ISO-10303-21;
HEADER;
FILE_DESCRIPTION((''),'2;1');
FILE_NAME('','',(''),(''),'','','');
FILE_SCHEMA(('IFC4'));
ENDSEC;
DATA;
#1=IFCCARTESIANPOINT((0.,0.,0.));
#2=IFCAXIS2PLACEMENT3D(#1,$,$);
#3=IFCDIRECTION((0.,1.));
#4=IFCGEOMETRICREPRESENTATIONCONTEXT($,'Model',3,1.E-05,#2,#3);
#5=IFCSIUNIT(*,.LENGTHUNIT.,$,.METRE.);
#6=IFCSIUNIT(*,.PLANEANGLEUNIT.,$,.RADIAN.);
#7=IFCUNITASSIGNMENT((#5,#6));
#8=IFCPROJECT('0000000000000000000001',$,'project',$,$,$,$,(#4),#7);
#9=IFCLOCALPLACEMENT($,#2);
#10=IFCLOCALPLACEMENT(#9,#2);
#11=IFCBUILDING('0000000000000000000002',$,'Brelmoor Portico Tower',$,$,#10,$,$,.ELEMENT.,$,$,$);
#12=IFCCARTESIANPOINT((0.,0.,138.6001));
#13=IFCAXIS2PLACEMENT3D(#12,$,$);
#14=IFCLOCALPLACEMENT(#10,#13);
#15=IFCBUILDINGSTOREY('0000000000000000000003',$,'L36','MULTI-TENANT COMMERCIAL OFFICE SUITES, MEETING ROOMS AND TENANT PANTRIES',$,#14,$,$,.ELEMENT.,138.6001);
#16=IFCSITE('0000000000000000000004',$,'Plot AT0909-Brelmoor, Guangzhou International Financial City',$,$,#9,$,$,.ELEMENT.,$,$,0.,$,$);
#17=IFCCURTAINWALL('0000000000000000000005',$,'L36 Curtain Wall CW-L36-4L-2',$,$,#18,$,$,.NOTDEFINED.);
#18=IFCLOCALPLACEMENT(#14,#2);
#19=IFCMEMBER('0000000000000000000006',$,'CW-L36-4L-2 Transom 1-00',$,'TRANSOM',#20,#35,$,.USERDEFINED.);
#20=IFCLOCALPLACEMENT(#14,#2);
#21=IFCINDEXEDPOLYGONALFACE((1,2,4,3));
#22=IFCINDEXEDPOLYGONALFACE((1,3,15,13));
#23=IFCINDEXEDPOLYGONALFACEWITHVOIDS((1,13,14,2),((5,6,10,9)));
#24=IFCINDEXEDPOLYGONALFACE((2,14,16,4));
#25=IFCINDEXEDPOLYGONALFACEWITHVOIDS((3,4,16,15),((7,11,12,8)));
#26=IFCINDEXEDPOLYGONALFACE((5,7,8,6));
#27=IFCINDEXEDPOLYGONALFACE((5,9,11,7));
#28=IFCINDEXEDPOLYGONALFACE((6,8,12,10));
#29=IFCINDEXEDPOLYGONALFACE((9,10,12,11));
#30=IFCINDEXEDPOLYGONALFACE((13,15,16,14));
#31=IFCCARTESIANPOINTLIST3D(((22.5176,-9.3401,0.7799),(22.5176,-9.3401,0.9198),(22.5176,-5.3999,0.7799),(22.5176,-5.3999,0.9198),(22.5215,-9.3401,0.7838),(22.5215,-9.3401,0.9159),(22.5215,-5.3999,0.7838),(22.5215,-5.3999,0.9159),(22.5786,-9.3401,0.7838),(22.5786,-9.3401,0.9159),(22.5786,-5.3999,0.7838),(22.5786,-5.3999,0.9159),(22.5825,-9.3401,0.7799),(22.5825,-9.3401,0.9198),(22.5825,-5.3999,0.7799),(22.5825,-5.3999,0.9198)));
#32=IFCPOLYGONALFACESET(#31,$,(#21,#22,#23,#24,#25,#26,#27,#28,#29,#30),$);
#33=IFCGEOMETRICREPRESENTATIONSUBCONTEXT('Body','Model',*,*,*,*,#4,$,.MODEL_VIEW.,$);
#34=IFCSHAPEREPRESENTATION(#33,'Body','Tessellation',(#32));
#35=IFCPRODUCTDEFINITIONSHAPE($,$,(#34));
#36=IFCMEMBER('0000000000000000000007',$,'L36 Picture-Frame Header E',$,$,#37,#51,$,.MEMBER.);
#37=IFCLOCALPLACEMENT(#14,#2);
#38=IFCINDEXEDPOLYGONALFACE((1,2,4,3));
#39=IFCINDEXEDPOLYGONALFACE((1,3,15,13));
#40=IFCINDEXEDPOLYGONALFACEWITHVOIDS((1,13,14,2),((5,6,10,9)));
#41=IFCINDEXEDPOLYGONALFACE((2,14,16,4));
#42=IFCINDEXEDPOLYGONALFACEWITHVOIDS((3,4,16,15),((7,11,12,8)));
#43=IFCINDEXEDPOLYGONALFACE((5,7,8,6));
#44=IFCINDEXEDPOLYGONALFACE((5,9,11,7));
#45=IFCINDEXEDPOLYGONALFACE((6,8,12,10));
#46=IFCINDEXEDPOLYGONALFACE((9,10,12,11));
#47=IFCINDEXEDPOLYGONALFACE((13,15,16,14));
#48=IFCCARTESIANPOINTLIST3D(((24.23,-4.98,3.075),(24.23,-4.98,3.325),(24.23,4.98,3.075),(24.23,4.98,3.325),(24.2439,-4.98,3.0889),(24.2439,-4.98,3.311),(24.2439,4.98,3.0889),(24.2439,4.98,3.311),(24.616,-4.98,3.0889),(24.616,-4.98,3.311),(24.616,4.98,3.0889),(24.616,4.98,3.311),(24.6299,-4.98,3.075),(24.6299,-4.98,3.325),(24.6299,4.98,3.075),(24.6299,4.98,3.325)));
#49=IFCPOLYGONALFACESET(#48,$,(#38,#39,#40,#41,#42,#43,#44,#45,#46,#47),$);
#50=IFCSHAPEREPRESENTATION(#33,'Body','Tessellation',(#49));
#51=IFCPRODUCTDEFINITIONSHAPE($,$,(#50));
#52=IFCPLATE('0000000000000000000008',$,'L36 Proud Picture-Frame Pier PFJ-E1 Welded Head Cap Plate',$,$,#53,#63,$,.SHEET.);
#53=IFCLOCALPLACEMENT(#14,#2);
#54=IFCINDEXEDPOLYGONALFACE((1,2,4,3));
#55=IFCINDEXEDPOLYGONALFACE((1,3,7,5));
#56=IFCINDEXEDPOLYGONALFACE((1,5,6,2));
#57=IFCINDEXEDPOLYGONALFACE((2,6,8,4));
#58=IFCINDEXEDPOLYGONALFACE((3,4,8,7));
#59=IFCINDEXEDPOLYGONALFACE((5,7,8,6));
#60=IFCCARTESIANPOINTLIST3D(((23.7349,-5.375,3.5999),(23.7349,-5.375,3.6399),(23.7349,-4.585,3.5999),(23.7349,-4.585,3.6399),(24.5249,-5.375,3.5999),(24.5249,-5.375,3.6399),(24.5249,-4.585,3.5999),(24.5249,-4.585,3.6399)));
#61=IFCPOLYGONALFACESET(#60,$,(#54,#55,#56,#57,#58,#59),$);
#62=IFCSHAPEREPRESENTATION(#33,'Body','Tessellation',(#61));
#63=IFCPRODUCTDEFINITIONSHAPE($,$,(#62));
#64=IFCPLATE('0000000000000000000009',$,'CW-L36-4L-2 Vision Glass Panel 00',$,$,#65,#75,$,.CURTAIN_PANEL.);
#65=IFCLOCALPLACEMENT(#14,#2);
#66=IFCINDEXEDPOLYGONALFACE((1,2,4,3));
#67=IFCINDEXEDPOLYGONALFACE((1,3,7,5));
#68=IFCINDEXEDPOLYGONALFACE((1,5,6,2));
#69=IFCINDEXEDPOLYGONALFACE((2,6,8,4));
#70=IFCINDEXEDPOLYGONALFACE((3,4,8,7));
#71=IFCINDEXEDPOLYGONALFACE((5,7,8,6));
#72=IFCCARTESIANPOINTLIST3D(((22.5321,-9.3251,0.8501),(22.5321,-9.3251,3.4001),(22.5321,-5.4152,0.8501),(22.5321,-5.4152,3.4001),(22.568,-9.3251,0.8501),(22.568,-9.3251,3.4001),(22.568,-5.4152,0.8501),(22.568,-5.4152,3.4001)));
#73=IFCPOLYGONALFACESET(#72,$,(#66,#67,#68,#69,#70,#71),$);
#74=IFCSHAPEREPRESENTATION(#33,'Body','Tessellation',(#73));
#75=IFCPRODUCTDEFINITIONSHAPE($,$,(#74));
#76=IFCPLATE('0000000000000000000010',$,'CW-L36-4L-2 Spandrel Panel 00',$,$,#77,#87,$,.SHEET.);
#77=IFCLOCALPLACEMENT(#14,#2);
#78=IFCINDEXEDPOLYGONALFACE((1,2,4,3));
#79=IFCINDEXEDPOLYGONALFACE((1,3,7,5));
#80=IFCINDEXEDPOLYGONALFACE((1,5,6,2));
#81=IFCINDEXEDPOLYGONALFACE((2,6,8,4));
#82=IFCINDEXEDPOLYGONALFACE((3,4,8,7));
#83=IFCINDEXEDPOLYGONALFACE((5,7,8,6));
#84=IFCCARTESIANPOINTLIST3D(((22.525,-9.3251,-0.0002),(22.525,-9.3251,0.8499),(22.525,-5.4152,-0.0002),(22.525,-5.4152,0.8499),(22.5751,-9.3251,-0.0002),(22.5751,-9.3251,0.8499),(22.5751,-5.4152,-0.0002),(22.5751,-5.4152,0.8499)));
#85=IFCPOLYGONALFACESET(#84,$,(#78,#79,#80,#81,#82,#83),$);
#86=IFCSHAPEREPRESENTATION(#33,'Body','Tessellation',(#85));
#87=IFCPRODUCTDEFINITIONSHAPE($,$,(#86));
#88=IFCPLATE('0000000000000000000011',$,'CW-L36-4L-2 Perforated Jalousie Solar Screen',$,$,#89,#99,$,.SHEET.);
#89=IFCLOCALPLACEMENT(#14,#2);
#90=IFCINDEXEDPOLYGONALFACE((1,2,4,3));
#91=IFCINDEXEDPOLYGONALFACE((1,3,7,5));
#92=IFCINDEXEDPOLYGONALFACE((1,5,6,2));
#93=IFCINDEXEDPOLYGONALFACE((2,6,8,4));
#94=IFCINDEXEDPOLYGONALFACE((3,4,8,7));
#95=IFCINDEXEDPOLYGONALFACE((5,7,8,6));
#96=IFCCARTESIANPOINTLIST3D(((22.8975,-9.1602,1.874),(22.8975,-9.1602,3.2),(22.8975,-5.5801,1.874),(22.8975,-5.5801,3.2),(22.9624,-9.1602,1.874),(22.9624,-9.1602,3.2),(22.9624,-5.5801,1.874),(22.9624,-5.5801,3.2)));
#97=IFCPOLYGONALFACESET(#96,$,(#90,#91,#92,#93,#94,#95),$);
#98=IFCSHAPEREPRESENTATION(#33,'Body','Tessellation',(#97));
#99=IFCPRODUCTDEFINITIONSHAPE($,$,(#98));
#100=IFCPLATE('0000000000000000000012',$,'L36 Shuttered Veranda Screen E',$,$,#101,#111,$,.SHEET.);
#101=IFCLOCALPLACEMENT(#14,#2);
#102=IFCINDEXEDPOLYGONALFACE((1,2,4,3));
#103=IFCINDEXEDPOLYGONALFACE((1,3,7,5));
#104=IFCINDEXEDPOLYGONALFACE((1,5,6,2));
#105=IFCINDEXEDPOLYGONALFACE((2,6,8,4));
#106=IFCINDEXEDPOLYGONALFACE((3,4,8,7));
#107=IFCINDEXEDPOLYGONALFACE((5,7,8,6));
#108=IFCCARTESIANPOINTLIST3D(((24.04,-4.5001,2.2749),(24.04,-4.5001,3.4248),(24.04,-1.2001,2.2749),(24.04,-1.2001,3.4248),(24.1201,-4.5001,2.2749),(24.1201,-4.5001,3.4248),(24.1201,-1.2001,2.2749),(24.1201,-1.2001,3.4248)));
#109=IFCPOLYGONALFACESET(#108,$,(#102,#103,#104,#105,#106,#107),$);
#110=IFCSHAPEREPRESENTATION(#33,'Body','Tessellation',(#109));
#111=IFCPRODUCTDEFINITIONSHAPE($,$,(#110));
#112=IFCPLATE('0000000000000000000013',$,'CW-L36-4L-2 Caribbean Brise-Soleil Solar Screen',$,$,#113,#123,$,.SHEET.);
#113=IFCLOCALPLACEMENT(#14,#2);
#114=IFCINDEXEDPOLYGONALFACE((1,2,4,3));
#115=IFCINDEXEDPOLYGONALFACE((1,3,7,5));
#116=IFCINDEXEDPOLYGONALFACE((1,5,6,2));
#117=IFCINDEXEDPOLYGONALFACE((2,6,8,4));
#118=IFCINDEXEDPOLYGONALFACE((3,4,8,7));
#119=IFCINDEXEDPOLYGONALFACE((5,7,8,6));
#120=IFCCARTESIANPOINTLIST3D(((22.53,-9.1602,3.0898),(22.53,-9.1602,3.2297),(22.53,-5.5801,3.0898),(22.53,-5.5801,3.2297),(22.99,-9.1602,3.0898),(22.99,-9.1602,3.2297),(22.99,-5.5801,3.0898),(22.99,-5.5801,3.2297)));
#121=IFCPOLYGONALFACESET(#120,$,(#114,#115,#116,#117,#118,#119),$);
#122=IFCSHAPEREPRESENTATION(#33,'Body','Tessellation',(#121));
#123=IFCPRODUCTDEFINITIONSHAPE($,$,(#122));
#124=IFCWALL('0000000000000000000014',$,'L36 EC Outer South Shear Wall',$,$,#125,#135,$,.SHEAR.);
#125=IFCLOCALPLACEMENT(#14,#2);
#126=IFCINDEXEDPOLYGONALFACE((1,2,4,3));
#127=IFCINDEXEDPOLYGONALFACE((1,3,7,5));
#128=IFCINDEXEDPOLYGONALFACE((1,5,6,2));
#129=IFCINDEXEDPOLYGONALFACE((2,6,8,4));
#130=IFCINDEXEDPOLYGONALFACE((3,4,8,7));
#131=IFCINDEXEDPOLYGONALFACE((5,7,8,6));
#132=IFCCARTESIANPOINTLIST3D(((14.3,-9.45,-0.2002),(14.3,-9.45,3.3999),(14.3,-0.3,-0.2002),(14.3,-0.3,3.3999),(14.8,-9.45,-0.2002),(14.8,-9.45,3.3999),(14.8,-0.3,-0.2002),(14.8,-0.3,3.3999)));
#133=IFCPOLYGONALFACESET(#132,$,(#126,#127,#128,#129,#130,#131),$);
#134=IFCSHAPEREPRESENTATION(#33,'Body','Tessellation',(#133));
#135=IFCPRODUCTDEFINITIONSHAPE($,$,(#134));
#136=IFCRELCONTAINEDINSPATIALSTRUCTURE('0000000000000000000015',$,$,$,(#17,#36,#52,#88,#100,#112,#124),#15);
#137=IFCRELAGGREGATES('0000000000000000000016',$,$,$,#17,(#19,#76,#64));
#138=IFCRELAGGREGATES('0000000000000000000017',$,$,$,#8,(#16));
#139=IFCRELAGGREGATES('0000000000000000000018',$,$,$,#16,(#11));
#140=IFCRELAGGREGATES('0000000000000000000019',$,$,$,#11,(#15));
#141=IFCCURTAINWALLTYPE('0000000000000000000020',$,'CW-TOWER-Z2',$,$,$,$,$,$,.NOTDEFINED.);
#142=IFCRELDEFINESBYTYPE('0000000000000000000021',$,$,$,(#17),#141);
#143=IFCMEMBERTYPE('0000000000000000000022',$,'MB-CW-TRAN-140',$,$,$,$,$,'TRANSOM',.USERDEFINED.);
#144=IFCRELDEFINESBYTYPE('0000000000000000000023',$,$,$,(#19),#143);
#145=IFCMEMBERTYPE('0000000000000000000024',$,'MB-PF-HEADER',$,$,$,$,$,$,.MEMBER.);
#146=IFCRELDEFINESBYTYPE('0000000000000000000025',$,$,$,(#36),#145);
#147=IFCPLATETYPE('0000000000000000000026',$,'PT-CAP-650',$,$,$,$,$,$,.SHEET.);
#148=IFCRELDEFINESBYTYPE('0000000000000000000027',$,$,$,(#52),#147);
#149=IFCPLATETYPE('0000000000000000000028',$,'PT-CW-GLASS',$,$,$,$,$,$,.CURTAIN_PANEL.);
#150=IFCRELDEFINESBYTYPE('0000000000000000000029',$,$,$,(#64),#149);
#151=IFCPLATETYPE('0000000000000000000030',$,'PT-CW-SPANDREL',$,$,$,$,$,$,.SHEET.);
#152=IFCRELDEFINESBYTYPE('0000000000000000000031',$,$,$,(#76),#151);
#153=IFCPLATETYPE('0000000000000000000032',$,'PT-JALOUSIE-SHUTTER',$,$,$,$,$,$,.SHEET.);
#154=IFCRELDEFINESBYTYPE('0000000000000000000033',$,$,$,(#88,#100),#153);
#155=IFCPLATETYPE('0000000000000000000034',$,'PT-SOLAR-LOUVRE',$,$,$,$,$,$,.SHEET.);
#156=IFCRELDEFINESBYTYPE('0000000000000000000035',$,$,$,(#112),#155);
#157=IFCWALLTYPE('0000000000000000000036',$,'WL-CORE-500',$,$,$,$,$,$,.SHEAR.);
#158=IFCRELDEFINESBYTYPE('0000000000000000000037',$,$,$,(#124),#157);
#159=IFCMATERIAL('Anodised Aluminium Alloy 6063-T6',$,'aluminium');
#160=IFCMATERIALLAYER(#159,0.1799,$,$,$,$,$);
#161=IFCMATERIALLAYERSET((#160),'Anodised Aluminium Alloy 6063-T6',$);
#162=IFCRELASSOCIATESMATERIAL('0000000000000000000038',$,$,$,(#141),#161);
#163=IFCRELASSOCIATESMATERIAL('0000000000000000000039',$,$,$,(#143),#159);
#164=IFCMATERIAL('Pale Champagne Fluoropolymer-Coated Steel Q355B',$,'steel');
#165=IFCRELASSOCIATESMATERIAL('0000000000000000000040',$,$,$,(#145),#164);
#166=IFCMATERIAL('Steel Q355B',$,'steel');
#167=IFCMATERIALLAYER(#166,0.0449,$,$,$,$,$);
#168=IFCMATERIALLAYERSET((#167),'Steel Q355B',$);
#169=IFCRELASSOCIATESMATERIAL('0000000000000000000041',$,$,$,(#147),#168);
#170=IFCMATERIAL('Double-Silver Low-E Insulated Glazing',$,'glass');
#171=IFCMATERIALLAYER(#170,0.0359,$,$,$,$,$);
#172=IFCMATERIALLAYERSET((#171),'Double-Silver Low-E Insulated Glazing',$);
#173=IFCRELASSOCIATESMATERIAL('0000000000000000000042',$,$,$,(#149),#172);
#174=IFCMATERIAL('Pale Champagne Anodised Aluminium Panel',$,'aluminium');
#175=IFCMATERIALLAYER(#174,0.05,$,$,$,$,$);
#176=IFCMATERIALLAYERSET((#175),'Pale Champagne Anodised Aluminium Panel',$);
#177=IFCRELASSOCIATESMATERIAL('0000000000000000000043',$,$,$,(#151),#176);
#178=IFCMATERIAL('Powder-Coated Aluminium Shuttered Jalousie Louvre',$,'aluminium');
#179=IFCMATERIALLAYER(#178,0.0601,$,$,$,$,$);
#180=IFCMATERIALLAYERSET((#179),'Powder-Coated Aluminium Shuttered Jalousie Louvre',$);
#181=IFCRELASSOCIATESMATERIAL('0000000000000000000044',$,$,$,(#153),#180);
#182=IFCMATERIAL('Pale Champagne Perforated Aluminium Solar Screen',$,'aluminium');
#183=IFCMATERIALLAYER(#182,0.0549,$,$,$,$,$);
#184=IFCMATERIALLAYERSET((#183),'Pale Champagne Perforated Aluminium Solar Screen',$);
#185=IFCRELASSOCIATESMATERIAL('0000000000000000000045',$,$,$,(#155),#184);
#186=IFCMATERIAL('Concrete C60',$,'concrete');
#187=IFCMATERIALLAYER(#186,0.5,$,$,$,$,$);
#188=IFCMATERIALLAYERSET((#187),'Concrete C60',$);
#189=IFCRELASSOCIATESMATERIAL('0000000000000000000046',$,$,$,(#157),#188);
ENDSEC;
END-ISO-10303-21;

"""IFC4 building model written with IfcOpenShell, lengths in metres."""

from ifc_helpers import new_model, si_unit, direction, frame, frame_2d, origin, origin_2d, place, context, subcontext, project, spatial, rectangle, hollow_rectangle, extrude, material, layer, layer_set, material_profile, profile_set, type_object, element, aggregate, save


model = new_model("IFC4")

# Units and contexts
model_context = context("Model", 3, precision=1e-05, world=origin(), true_north=direction((0.0, 1.0)))
body_context = subcontext(model_context, "Body", "Model", "MODEL_VIEW")
ifc_project = project(units=[si_unit("LENGTHUNIT", "METRE"), si_unit("PLANEANGLEUNIT", "RADIAN")], contexts=[model_context])

# Site, building, storey
site_placement = place(None, origin())
site = spatial("IfcSite", under=ifc_project, at=site_placement, Name="Plot AT0909-Brelmoor, Guangzhou International Financial City", CompositionType="ELEMENT", RefElevation=0.0)
building_placement = place(site_placement, origin())
building = spatial("IfcBuilding", under=site, at=building_placement, Name="Brelmoor Portico Tower", CompositionType="ELEMENT")
storey_placement = place(building_placement, frame((0.0, 0.0, 138.6001)))
storey = spatial("IfcBuildingStorey", under=building, at=storey_placement, Name="L36", Description="MULTI-TENANT COMMERCIAL OFFICE SUITES, MEETING ROOMS AND TENANT PANTRIES", CompositionType="ELEMENT", Elevation=138.6001)

# Shared definitions
ifc_material_1 = material(Name="Steel Q355B", Category="steel")

# Curtain wall, member
ifc_material_2 = material(Name="Anodised Aluminium Alloy 6063-T6", Category="aluminium")
ifc_layer_1 = layer(ifc_material_2, 0.1799)
ifc_layer_set_1 = layer_set([ifc_layer_1], Name="Anodised Aluminium Alloy 6063-T6")
curtain_wall_type = type_object("IfcCurtainWallType", Name="CW-TOWER-Z2", PredefinedType="NOTDEFINED", material=ifc_layer_set_1)
curtain_wall_placement = place(storey_placement, origin())
curtain_wall = element("IfcCurtainWall", 1, at=curtain_wall_placement, inside=storey, type_object=curtain_wall_type, Name="L36 Curtain Wall CW-L36-4L-2", PredefinedType="NOTDEFINED")
ifc_material_profile_1 = material_profile(ifc_material_2, hollow_rectangle(XDim=0.0649, YDim=0.1399, WallThickness=0.0039, at=origin_2d()), Name="ALU TRANSOM 65x140")
ifc_profile_set_1 = profile_set([ifc_material_profile_1], Name="Anodised Aluminium Alloy 6063-T6")
member_type_1 = type_object("IfcMemberType", Name="MB-CW-TRAN-140", ElementType="TRANSOM", PredefinedType="USERDEFINED", material=ifc_profile_set_1)
member_1_placement = place(storey_placement, frame((22.55, -9.3401, 0.8499), z_axis=(0.0, 1.0, 0.0), x_axis=(-1.0, 0.0, 0.0)))
member_1 = element("IfcMember", 2, at=member_1_placement, type_object=member_type_1, Name="CW-L36-4L-2 Transom 1-00", ObjectType="TRANSOM", PredefinedType="USERDEFINED", context=body_context, shape_type="SweptSolid", body=[
    extrude(hollow_rectangle(XDim=0.0649, YDim=0.1399, WallThickness=0.0039, at=origin_2d()), origin(), (0.0, 0.0, 1.0), 3.9402),
])

# Member
ifc_material_3 = material(Name="Pale Champagne Fluoropolymer-Coated Steel Q355B", Category="steel")
ifc_material_profile_2 = material_profile(ifc_material_3, hollow_rectangle(XDim=0.25, YDim=0.3999, WallThickness=0.0139, at=origin_2d()), Name="RHS 250x400x14")
ifc_profile_set_2 = profile_set([ifc_material_profile_2], Name="Pale Champagne Fluoropolymer-Coated Steel Q355B")
member_type_2 = type_object("IfcMemberType", Name="MB-PF-HEADER", PredefinedType="MEMBER", material=ifc_profile_set_2)
member_2_placement = place(storey_placement, frame((24.4299, -4.98, 3.2), z_axis=(0.0, 1.0, 0.0), x_axis=(0.0, 0.0, 1.0)))
element("IfcMember", 3, at=member_2_placement, inside=storey, type_object=member_type_2, Name="L36 Picture-Frame Header E", PredefinedType="MEMBER", context=body_context, shape_type="SweptSolid", body=[
    extrude(hollow_rectangle(XDim=0.25, YDim=0.3999, WallThickness=0.0139, at=origin_2d()), origin(), (0.0, 0.0, 1.0), 9.96),
])

# Plates
ifc_layer_2 = layer(ifc_material_1, 0.0449)
ifc_layer_set_2 = layer_set([ifc_layer_2], Name="Steel Q355B")
plate_type_1 = type_object("IfcPlateType", Name="PT-CAP-650", PredefinedType="SHEET", material=ifc_layer_set_2)
plate_1_placement = place(storey_placement, frame((24.1299, -4.98, 3.5999), z_axis=(0.0, 0.0, 1.0), x_axis=(0.0, 1.0, 0.0)))
element("IfcPlate", 4, at=plate_1_placement, inside=storey, type_object=plate_type_1, Name="L36 Proud Picture-Frame Pier PFJ-E1 Welded Head Cap Plate", PredefinedType="SHEET", context=body_context, shape_type="SweptSolid", body=[
    extrude(rectangle(XDim=0.79, YDim=0.79, at=origin_2d()), origin(), (0.0, 0.0, 1.0), 0.04),
])
ifc_material_4 = material(Name="Double-Silver Low-E Insulated Glazing", Category="glass")
ifc_layer_3 = layer(ifc_material_4, 0.0359)
ifc_layer_set_3 = layer_set([ifc_layer_3], Name="Double-Silver Low-E Insulated Glazing")
plate_type_2 = type_object("IfcPlateType", Name="PT-CW-GLASS", PredefinedType="CURTAIN_PANEL", material=ifc_layer_set_3)
plate_2_placement = place(storey_placement, frame((22.55, -7.3701, 0.8501), z_axis=(0.0, 0.0, 1.0), x_axis=(0.0, 1.0, 0.0)))
plate_2 = element("IfcPlate", 5, at=plate_2_placement, type_object=plate_type_2, Name="CW-L36-4L-2 Vision Glass Panel 00", PredefinedType="CURTAIN_PANEL", context=body_context, shape_type="SweptSolid", body=[
    extrude(rectangle(XDim=3.9099, YDim=0.0359, at=origin_2d()), origin(), (0.0, 0.0, 1.0), 2.55),
])
ifc_material_5 = material(Name="Pale Champagne Anodised Aluminium Panel", Category="aluminium")
ifc_layer_4 = layer(ifc_material_5, 0.05)
ifc_layer_set_4 = layer_set([ifc_layer_4], Name="Pale Champagne Anodised Aluminium Panel")
plate_type_3 = type_object("IfcPlateType", Name="PT-CW-SPANDREL", PredefinedType="SHEET", material=ifc_layer_set_4)
plate_3_placement = place(storey_placement, frame((22.55, -7.3701, -0.0002), z_axis=(0.0, 0.0, 1.0), x_axis=(0.0, 1.0, 0.0)))
plate_3 = element("IfcPlate", 6, at=plate_3_placement, type_object=plate_type_3, Name="CW-L36-4L-2 Spandrel Panel 00", PredefinedType="SHEET", context=body_context, shape_type="SweptSolid", body=[
    extrude(rectangle(XDim=3.9099, YDim=0.05, at=origin_2d()), origin(), (0.0, 0.0, 1.0), 0.8501),
])
aggregate(curtain_wall, [member_1, plate_3, plate_2])

# Plates
ifc_material_6 = material(Name="Powder-Coated Aluminium Shuttered Jalousie Louvre", Category="aluminium")
ifc_layer_5 = layer(ifc_material_6, 0.0601)
ifc_layer_set_5 = layer_set([ifc_layer_5], Name="Powder-Coated Aluminium Shuttered Jalousie Louvre")
plate_type_4 = type_object("IfcPlateType", Name="PT-JALOUSIE-SHUTTER", PredefinedType="SHEET", material=ifc_layer_set_5)
plate_4_placement = place(storey_placement, frame((22.9299, -7.3701, 1.874), z_axis=(0.0, 0.0, 1.0), x_axis=(0.0, 1.0, 0.0)))
element("IfcPlate", 7, at=plate_4_placement, inside=storey, type_object=plate_type_4, Name="CW-L36-4L-2 Perforated Jalousie Solar Screen", PredefinedType="SHEET", context=body_context, shape_type="SweptSolid", body=[
    extrude(rectangle(XDim=3.5801, YDim=0.0649, at=origin_2d()), origin(), (0.0, 0.0, 1.0), 1.3259),
])
plate_5_placement = place(storey_placement, frame((24.0801, -2.8501, 2.2749), z_axis=(0.0, 0.0, 1.0), x_axis=(0.0, 1.0, 0.0)))
element("IfcPlate", 8, at=plate_5_placement, inside=storey, type_object=plate_type_4, Name="L36 Shuttered Veranda Screen E", PredefinedType="SHEET", context=body_context, shape_type="SweptSolid", body=[
    extrude(rectangle(XDim=3.3, YDim=0.0801, at=origin_2d()), origin(), (0.0, 0.0, 1.0), 1.1499),
])
ifc_material_7 = material(Name="Pale Champagne Perforated Aluminium Solar Screen", Category="aluminium")
ifc_layer_6 = layer(ifc_material_7, 0.0549)
ifc_layer_set_6 = layer_set([ifc_layer_6], Name="Pale Champagne Perforated Aluminium Solar Screen")
plate_type_5 = type_object("IfcPlateType", Name="PT-SOLAR-LOUVRE", PredefinedType="SHEET", material=ifc_layer_set_6)
plate_6_placement = place(storey_placement, frame((22.76, -7.3701, 3.0898), z_axis=(0.0, 0.0, 1.0), x_axis=(0.0, 1.0, 0.0)))
element("IfcPlate", 9, at=plate_6_placement, inside=storey, type_object=plate_type_5, Name="CW-L36-4L-2 Caribbean Brise-Soleil Solar Screen", PredefinedType="SHEET", context=body_context, shape_type="SweptSolid", body=[
    extrude(rectangle(XDim=3.5801, YDim=0.46, at=origin_2d()), origin(), (0.0, 0.0, 1.0), 0.1399),
])

# Wall
ifc_material_8 = material(Name="Concrete C60", Category="concrete")
ifc_layer_7 = layer(ifc_material_8, 0.5)
ifc_layer_set_7 = layer_set([ifc_layer_7], Name="Concrete C60")
wall_type_1 = type_object("IfcWallType", Name="WL-CORE-500", PredefinedType="SHEAR", material=ifc_layer_set_7)
wall_1_placement = place(storey_placement, frame((14.55, -9.45, -0.2002), z_axis=(0.0, 0.0, 1.0), x_axis=(0.0, 1.0, 0.0)))
element("IfcWall", 10, at=wall_1_placement, inside=storey, type_object=wall_type_1, Name="L36 EC Outer South Shear Wall", PredefinedType="SHEAR", context=body_context, shape_type="SweptSolid", body=[
    extrude(rectangle(XDim=9.1499, YDim=0.5, at=frame_2d((4.575, 0.0))), origin(), (0.0, 0.0, 1.0), 3.6001),
])

save(model, "model.ifc")
